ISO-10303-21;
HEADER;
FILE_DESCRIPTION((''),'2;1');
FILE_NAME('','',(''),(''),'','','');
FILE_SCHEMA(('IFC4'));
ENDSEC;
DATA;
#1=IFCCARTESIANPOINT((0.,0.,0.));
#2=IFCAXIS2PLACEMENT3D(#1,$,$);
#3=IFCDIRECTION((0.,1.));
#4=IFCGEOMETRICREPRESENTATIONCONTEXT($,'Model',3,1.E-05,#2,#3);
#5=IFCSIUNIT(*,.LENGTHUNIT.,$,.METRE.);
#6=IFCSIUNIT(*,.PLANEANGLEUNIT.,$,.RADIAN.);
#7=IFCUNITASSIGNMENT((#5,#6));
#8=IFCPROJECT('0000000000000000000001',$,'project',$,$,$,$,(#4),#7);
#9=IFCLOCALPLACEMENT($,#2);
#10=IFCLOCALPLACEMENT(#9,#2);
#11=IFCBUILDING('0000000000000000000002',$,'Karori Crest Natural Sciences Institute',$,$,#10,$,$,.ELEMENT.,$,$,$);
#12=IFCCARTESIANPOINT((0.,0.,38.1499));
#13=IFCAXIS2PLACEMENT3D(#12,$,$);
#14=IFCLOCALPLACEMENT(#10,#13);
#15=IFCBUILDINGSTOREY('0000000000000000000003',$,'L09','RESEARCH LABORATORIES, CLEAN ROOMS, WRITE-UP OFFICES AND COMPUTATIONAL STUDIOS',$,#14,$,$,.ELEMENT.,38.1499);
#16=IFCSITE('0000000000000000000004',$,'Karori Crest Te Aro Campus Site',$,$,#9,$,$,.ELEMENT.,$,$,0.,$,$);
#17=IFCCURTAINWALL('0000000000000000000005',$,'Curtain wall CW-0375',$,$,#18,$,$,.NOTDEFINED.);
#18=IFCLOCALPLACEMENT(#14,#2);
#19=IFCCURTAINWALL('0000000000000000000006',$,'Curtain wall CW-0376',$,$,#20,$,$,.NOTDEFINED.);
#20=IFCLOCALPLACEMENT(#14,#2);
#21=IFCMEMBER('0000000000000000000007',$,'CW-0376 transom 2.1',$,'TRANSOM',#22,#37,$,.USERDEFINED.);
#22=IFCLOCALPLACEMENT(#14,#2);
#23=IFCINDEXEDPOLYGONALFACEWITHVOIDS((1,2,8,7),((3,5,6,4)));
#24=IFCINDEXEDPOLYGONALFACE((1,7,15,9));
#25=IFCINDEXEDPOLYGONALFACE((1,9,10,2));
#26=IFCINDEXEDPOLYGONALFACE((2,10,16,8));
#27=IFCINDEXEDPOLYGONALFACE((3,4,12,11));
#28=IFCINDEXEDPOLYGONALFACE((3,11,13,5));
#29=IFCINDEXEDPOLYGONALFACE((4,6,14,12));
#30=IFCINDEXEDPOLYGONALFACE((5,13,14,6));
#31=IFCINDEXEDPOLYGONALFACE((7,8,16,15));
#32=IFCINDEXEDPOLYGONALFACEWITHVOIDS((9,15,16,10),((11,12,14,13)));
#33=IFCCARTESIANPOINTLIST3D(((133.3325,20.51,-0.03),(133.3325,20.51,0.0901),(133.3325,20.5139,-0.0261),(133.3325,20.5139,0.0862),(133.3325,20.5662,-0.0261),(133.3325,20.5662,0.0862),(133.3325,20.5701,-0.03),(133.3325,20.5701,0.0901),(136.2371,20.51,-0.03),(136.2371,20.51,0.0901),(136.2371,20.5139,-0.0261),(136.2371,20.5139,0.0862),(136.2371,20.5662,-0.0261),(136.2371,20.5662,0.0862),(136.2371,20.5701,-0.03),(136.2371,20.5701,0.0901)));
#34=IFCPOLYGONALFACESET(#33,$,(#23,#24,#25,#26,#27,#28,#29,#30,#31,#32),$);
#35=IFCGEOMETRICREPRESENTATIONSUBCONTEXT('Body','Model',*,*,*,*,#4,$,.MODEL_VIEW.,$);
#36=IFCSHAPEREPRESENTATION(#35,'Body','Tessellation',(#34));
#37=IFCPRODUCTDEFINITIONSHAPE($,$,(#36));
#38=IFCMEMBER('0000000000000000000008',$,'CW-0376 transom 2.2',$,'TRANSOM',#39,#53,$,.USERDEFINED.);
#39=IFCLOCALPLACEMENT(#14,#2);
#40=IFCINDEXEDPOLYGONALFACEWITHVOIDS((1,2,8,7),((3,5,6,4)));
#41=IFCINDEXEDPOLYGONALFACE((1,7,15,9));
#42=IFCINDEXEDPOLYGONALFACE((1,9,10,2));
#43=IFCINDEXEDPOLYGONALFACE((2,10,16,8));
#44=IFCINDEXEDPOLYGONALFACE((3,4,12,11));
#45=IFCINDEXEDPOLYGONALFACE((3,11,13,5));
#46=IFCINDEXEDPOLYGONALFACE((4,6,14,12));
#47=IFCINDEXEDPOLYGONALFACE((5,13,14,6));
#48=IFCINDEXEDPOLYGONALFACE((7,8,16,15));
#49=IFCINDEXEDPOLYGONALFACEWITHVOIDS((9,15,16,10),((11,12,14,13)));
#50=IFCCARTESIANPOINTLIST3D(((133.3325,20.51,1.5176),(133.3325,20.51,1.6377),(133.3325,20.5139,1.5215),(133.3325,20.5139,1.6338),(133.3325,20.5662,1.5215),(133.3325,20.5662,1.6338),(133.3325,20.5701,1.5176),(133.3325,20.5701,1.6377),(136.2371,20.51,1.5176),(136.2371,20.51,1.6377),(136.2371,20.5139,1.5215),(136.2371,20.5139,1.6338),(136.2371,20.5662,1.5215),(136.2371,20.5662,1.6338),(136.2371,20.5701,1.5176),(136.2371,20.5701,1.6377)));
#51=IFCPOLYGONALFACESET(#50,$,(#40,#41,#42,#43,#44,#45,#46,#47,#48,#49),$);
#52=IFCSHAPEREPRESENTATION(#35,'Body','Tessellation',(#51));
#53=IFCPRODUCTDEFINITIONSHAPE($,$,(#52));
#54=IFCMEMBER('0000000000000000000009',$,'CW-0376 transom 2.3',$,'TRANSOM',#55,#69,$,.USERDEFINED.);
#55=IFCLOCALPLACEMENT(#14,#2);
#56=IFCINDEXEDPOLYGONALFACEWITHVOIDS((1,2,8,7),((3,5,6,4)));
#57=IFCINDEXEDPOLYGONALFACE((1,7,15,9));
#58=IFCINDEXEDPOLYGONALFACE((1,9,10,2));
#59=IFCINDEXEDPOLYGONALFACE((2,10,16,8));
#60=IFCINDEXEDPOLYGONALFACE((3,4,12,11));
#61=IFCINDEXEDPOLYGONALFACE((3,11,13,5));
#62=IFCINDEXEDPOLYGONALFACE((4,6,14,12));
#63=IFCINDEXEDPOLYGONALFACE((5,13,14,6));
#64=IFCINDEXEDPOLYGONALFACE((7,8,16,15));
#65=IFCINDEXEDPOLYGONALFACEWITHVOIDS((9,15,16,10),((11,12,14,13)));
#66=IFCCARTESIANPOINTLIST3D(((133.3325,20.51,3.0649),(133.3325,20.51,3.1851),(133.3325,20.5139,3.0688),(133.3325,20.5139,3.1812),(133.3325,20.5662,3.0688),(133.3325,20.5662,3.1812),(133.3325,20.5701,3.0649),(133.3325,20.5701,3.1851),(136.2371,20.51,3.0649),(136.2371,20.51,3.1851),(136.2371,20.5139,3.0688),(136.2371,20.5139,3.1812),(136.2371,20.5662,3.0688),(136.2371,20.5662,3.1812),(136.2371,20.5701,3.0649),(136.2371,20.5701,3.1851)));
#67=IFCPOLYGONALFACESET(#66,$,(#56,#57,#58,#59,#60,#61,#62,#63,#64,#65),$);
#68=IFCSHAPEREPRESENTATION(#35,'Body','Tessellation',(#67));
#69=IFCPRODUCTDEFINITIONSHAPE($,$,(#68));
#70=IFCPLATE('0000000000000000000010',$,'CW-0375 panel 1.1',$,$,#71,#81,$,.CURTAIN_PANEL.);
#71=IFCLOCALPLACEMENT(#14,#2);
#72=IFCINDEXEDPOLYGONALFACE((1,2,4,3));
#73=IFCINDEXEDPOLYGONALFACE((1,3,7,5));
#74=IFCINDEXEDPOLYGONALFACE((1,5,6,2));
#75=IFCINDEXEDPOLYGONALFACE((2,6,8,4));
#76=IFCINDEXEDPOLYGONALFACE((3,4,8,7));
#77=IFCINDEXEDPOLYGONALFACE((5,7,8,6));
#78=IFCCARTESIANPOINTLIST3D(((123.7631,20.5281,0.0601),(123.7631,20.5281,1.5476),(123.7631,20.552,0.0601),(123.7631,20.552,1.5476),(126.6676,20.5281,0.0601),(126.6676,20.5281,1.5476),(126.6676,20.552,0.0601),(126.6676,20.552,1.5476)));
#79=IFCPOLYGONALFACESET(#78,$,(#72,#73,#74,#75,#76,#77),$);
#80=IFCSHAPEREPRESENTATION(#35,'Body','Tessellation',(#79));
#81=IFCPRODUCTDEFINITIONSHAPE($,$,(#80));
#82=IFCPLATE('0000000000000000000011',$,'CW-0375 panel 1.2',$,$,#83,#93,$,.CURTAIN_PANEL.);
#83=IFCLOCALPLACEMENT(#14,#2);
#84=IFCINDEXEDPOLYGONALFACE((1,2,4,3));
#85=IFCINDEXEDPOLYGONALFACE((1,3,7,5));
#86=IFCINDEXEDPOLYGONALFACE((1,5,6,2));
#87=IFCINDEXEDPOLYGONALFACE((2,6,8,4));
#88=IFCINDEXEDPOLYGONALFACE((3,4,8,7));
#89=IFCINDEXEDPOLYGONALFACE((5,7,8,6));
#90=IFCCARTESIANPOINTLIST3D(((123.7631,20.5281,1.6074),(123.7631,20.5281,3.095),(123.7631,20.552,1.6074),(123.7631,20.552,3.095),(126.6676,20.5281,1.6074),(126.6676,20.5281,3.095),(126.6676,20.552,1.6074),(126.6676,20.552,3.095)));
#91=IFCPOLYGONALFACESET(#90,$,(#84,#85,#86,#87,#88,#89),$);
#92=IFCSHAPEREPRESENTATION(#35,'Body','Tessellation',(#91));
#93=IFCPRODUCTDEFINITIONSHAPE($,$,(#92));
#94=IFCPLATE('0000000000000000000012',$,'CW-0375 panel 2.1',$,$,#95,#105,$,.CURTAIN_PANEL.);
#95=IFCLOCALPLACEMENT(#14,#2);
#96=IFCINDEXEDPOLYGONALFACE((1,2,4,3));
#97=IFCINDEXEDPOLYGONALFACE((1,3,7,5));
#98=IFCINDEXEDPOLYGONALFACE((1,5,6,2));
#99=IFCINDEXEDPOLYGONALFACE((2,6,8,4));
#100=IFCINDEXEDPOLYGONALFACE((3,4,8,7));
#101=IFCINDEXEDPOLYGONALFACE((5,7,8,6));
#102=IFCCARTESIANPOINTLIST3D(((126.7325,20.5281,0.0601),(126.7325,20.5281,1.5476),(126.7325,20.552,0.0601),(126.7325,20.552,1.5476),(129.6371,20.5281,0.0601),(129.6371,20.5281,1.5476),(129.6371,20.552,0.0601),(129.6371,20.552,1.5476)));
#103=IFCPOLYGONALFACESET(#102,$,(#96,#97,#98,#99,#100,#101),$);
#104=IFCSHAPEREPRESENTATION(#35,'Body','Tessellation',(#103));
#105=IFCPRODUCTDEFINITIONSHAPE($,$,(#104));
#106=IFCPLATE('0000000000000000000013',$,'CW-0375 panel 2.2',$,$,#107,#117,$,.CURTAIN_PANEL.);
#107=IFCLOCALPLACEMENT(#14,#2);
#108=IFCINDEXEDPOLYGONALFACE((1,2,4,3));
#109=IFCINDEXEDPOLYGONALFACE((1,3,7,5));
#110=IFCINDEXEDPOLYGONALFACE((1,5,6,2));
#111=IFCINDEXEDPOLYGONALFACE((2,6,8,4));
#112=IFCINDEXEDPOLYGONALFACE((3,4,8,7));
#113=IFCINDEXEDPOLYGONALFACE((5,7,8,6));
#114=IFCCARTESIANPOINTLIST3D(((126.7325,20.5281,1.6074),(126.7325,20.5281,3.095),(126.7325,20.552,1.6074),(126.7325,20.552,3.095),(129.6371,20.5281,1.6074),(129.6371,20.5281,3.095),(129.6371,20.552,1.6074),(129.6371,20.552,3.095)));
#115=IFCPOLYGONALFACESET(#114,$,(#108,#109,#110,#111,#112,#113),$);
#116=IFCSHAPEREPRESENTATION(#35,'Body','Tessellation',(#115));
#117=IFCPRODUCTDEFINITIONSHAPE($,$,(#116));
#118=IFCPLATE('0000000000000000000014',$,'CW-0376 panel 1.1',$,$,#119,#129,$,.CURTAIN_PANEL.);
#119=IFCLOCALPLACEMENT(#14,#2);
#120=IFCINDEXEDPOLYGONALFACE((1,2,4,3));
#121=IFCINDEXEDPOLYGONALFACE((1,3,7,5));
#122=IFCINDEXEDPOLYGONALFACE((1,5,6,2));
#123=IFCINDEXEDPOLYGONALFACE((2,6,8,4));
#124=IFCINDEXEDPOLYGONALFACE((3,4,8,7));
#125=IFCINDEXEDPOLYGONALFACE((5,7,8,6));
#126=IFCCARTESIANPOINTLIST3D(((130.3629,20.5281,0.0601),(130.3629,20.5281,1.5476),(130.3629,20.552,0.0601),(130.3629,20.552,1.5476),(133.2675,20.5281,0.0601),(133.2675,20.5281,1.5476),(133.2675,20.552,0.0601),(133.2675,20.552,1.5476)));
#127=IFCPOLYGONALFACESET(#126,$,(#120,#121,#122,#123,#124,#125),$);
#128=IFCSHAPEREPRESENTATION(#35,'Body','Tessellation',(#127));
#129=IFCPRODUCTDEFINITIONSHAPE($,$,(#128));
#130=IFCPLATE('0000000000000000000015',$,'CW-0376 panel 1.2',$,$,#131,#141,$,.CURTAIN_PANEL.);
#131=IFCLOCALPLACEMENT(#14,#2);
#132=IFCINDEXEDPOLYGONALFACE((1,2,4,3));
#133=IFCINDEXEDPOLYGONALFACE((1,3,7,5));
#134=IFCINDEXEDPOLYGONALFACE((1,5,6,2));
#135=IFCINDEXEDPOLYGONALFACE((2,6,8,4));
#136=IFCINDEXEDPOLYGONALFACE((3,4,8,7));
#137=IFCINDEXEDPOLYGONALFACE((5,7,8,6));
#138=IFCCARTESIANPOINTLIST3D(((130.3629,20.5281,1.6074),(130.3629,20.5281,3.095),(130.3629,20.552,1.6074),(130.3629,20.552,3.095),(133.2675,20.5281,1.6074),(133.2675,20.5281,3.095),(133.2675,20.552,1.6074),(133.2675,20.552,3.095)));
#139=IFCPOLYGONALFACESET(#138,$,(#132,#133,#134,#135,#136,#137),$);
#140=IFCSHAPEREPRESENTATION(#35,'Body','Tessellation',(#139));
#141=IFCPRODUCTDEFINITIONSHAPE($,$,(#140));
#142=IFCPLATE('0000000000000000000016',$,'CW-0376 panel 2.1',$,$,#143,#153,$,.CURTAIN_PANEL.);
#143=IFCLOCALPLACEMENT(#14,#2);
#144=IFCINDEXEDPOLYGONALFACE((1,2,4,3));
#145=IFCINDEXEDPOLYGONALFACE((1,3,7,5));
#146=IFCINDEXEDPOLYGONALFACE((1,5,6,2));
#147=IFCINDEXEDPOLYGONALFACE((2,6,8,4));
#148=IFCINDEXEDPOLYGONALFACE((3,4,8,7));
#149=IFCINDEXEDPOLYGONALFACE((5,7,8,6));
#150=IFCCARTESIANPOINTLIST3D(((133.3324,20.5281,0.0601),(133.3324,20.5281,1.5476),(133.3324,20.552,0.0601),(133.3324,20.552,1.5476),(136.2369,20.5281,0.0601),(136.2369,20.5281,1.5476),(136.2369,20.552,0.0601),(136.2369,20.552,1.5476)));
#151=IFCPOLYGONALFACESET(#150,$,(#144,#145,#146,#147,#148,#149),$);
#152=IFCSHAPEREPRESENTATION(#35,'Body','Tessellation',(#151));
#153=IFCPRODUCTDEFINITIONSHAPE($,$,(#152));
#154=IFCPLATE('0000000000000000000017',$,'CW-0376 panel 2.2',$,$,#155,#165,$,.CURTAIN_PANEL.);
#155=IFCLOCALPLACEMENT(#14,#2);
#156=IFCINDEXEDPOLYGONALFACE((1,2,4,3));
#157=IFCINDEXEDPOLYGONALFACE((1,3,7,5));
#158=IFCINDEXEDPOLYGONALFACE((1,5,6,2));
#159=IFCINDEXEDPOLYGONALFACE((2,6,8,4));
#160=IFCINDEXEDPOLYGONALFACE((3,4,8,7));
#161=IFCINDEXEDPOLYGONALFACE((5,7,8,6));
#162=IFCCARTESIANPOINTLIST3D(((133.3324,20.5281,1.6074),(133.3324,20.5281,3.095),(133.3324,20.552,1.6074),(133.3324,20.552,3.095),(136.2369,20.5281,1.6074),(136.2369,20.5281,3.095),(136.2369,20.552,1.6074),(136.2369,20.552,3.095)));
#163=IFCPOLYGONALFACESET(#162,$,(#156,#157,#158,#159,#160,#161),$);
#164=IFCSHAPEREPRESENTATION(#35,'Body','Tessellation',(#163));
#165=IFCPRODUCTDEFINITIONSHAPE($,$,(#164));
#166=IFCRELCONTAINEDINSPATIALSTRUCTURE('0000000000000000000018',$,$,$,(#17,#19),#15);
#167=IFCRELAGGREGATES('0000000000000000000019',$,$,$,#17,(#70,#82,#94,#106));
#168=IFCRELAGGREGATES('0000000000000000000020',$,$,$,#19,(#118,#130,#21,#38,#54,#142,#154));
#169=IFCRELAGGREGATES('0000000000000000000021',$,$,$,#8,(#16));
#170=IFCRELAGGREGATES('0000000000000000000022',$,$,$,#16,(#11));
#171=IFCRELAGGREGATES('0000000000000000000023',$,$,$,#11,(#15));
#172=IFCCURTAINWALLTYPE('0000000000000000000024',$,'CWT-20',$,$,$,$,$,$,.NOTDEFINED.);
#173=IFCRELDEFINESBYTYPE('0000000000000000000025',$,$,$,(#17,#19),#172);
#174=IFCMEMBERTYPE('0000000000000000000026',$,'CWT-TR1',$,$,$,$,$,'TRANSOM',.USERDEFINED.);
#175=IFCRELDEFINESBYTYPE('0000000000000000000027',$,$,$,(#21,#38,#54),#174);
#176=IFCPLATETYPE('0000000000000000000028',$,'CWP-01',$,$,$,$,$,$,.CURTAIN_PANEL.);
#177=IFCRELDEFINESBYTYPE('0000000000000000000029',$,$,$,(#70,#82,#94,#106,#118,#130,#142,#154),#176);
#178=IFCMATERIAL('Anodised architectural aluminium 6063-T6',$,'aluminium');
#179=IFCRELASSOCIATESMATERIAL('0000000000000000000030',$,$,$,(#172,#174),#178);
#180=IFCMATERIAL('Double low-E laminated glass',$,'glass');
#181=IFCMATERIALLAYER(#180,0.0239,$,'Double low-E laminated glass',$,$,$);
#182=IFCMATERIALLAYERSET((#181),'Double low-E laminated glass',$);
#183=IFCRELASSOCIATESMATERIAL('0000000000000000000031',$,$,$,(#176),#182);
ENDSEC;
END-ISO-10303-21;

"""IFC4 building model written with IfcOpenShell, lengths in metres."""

from ifc_helpers import new_model, si_unit, direction, frame, origin, origin_2d, place, context, subcontext, project, spatial, rectangle, hollow_rectangle, extrude, material, layer, layer_set, material_profile, profile_set, type_object, element, aggregate, save


model = new_model("IFC4")

# Units and contexts
model_context = context("Model", 3, precision=1e-05, world=origin(), true_north=direction((0.0, 1.0)))
body_context = subcontext(model_context, "Body", "Model", "MODEL_VIEW")
ifc_project = project(units=[si_unit("LENGTHUNIT", "METRE"), si_unit("PLANEANGLEUNIT", "RADIAN")], contexts=[model_context])

# Site, building, storey
site_placement = place(None, origin())
site = spatial("IfcSite", under=ifc_project, at=site_placement, Name="Karori Crest Te Aro Campus Site", CompositionType="ELEMENT", RefElevation=0.0)
building_placement = place(site_placement, origin())
building = spatial("IfcBuilding", under=site, at=building_placement, Name="Karori Crest Natural Sciences Institute", CompositionType="ELEMENT")
storey_placement = place(building_placement, frame((0.0, 0.0, 38.1499)))
storey = spatial("IfcBuildingStorey", under=building, at=storey_placement, Name="L09", Description="RESEARCH LABORATORIES, CLEAN ROOMS, WRITE-UP OFFICES AND COMPUTATIONAL STUDIOS", CompositionType="ELEMENT", Elevation=38.1499)

# Curtain walls
ifc_material_1 = material(Name="Anodised architectural aluminium 6063-T6", Category="aluminium")
curtain_wall_type = type_object("IfcCurtainWallType", Name="CWT-20", PredefinedType="NOTDEFINED", material=ifc_material_1)
curtain_wall_1_placement = place(storey_placement, origin())
curtain_wall_1 = element("IfcCurtainWall", 1, at=curtain_wall_1_placement, inside=storey, type_object=curtain_wall_type, Name="Curtain wall CW-0375", PredefinedType="NOTDEFINED")
curtain_wall_2_placement = place(storey_placement, origin())
curtain_wall_2 = element("IfcCurtainWall", 2, at=curtain_wall_2_placement, inside=storey, type_object=curtain_wall_type, Name="Curtain wall CW-0376", PredefinedType="NOTDEFINED")

# Members
ifc_material_profile_1 = material_profile(ifc_material_1, hollow_rectangle(XDim=0.0601, YDim=0.1201, WallThickness=0.0039, at=origin_2d()), Name="CWT120x60x4")
ifc_profile_set_1 = profile_set([ifc_material_profile_1], Name="Anodised architectural aluminium 6063-T6")
member_type_1 = type_object("IfcMemberType", Name="CWT-TR1", ElementType="TRANSOM", PredefinedType="USERDEFINED", material=ifc_profile_set_1)
member_1_placement = place(storey_placement, frame((133.3325, 20.54, 0.03), z_axis=(1.0, 0.0, 0.0), x_axis=(0.0, 1.0, 0.0)))
member_1 = element("IfcMember", 3, at=member_1_placement, type_object=member_type_1, Name="CW-0376 transom 2.1", ObjectType="TRANSOM", PredefinedType="USERDEFINED", context=body_context, shape_type="SweptSolid", body=[
    extrude(hollow_rectangle(XDim=0.0601, YDim=0.1201, WallThickness=0.0039, at=origin_2d()), origin(), (0.0, 0.0, 1.0), 2.9045),
])
member_2_placement = place(storey_placement, frame((133.3325, 20.54, 1.5776), z_axis=(1.0, 0.0, 0.0), x_axis=(0.0, 1.0, 0.0)))
member_2 = element("IfcMember", 4, at=member_2_placement, type_object=member_type_1, Name="CW-0376 transom 2.2", ObjectType="TRANSOM", PredefinedType="USERDEFINED", context=body_context, shape_type="SweptSolid", body=[
    extrude(hollow_rectangle(XDim=0.0601, YDim=0.1201, WallThickness=0.0039, at=origin_2d()), origin(), (0.0, 0.0, 1.0), 2.9045),
])
member_3_placement = place(storey_placement, frame((133.3325, 20.54, 3.125), z_axis=(1.0, 0.0, 0.0), x_axis=(0.0, 1.0, 0.0)))
member_3 = element("IfcMember", 5, at=member_3_placement, type_object=member_type_1, Name="CW-0376 transom 2.3", ObjectType="TRANSOM", PredefinedType="USERDEFINED", context=body_context, shape_type="SweptSolid", body=[
    extrude(hollow_rectangle(XDim=0.0601, YDim=0.1201, WallThickness=0.0039, at=origin_2d()), origin(), (0.0, 0.0, 1.0), 2.9045),
])

# Plates
ifc_material_2 = material(Name="Double low-E laminated glass", Category="glass")
ifc_layer = layer(ifc_material_2, 0.0239, Name="Double low-E laminated glass")
ifc_layer_set = layer_set([ifc_layer], Name="Double low-E laminated glass")
plate_type = type_object("IfcPlateType", Name="CWP-01", PredefinedType="CURTAIN_PANEL", material=ifc_layer_set)
plate_1_placement = place(storey_placement, frame((125.2153, 20.54, 0.0601), z_axis=(0.0, 0.0, 1.0), x_axis=(1.0, 0.0, 0.0)))
plate_1 = element("IfcPlate", 6, at=plate_1_placement, type_object=plate_type, Name="CW-0375 panel 1.1", PredefinedType="CURTAIN_PANEL", context=body_context, shape_type="SweptSolid", body=[
    extrude(rectangle(XDim=2.9045, YDim=0.0239, at=origin_2d()), origin(), (0.0, 0.0, 1.0), 1.4875),
])
plate_2_placement = place(storey_placement, frame((125.2153, 20.54, 1.6074), z_axis=(0.0, 0.0, 1.0), x_axis=(1.0, 0.0, 0.0)))
plate_2 = element("IfcPlate", 7, at=plate_2_placement, type_object=plate_type, Name="CW-0375 panel 1.2", PredefinedType="CURTAIN_PANEL", context=body_context, shape_type="SweptSolid", body=[
    extrude(rectangle(XDim=2.9045, YDim=0.0239, at=origin_2d()), origin(), (0.0, 0.0, 1.0), 1.4875),
])
plate_3_placement = place(storey_placement, frame((128.1848, 20.54, 0.0601), z_axis=(0.0, 0.0, 1.0), x_axis=(1.0, 0.0, 0.0)))
plate_3 = element("IfcPlate", 8, at=plate_3_placement, type_object=plate_type, Name="CW-0375 panel 2.1", PredefinedType="CURTAIN_PANEL", context=body_context, shape_type="SweptSolid", body=[
    extrude(rectangle(XDim=2.9045, YDim=0.0239, at=origin_2d()), origin(), (0.0, 0.0, 1.0), 1.4875),
])
plate_4_placement = place(storey_placement, frame((128.1848, 20.54, 1.6074), z_axis=(0.0, 0.0, 1.0), x_axis=(1.0, 0.0, 0.0)))
plate_4 = element("IfcPlate", 9, at=plate_4_placement, type_object=plate_type, Name="CW-0375 panel 2.2", PredefinedType="CURTAIN_PANEL", context=body_context, shape_type="SweptSolid", body=[
    extrude(rectangle(XDim=2.9045, YDim=0.0239, at=origin_2d()), origin(), (0.0, 0.0, 1.0), 1.4875),
])
aggregate(curtain_wall_1, [plate_1, plate_2, plate_3, plate_4])
plate_5_placement = place(storey_placement, frame((131.8152, 20.54, 0.0601), z_axis=(0.0, 0.0, 1.0), x_axis=(1.0, 0.0, 0.0)))
plate_5 = element("IfcPlate", 10, at=plate_5_placement, type_object=plate_type, Name="CW-0376 panel 1.1", PredefinedType="CURTAIN_PANEL", context=body_context, shape_type="SweptSolid", body=[
    extrude(rectangle(XDim=2.9045, YDim=0.0239, at=origin_2d()), origin(), (0.0, 0.0, 1.0), 1.4875),
])
plate_6_placement = place(storey_placement, frame((131.8152, 20.54, 1.6074), z_axis=(0.0, 0.0, 1.0), x_axis=(1.0, 0.0, 0.0)))
plate_6 = element("IfcPlate", 11, at=plate_6_placement, type_object=plate_type, Name="CW-0376 panel 1.2", PredefinedType="CURTAIN_PANEL", context=body_context, shape_type="SweptSolid", body=[
    extrude(rectangle(XDim=2.9045, YDim=0.0239, at=origin_2d()), origin(), (0.0, 0.0, 1.0), 1.4875),
])
plate_7_placement = place(storey_placement, frame((134.7847, 20.54, 0.0601), z_axis=(0.0, 0.0, 1.0), x_axis=(1.0, 0.0, 0.0)))
plate_7 = element("IfcPlate", 12, at=plate_7_placement, type_object=plate_type, Name="CW-0376 panel 2.1", PredefinedType="CURTAIN_PANEL", context=body_context, shape_type="SweptSolid", body=[
    extrude(rectangle(XDim=2.9045, YDim=0.0239, at=origin_2d()), origin(), (0.0, 0.0, 1.0), 1.4875),
])
plate_8_placement = place(storey_placement, frame((134.7847, 20.54, 1.6074), z_axis=(0.0, 0.0, 1.0), x_axis=(1.0, 0.0, 0.0)))
plate_8 = element("IfcPlate", 13, at=plate_8_placement, type_object=plate_type, Name="CW-0376 panel 2.2", PredefinedType="CURTAIN_PANEL", context=body_context, shape_type="SweptSolid", body=[
    extrude(rectangle(XDim=2.9045, YDim=0.0239, at=origin_2d()), origin(), (0.0, 0.0, 1.0), 1.4875),
])
aggregate(curtain_wall_2, [plate_5, plate_6, member_1, member_2, member_3, plate_7, plate_8])

save(model, "model.ifc")
